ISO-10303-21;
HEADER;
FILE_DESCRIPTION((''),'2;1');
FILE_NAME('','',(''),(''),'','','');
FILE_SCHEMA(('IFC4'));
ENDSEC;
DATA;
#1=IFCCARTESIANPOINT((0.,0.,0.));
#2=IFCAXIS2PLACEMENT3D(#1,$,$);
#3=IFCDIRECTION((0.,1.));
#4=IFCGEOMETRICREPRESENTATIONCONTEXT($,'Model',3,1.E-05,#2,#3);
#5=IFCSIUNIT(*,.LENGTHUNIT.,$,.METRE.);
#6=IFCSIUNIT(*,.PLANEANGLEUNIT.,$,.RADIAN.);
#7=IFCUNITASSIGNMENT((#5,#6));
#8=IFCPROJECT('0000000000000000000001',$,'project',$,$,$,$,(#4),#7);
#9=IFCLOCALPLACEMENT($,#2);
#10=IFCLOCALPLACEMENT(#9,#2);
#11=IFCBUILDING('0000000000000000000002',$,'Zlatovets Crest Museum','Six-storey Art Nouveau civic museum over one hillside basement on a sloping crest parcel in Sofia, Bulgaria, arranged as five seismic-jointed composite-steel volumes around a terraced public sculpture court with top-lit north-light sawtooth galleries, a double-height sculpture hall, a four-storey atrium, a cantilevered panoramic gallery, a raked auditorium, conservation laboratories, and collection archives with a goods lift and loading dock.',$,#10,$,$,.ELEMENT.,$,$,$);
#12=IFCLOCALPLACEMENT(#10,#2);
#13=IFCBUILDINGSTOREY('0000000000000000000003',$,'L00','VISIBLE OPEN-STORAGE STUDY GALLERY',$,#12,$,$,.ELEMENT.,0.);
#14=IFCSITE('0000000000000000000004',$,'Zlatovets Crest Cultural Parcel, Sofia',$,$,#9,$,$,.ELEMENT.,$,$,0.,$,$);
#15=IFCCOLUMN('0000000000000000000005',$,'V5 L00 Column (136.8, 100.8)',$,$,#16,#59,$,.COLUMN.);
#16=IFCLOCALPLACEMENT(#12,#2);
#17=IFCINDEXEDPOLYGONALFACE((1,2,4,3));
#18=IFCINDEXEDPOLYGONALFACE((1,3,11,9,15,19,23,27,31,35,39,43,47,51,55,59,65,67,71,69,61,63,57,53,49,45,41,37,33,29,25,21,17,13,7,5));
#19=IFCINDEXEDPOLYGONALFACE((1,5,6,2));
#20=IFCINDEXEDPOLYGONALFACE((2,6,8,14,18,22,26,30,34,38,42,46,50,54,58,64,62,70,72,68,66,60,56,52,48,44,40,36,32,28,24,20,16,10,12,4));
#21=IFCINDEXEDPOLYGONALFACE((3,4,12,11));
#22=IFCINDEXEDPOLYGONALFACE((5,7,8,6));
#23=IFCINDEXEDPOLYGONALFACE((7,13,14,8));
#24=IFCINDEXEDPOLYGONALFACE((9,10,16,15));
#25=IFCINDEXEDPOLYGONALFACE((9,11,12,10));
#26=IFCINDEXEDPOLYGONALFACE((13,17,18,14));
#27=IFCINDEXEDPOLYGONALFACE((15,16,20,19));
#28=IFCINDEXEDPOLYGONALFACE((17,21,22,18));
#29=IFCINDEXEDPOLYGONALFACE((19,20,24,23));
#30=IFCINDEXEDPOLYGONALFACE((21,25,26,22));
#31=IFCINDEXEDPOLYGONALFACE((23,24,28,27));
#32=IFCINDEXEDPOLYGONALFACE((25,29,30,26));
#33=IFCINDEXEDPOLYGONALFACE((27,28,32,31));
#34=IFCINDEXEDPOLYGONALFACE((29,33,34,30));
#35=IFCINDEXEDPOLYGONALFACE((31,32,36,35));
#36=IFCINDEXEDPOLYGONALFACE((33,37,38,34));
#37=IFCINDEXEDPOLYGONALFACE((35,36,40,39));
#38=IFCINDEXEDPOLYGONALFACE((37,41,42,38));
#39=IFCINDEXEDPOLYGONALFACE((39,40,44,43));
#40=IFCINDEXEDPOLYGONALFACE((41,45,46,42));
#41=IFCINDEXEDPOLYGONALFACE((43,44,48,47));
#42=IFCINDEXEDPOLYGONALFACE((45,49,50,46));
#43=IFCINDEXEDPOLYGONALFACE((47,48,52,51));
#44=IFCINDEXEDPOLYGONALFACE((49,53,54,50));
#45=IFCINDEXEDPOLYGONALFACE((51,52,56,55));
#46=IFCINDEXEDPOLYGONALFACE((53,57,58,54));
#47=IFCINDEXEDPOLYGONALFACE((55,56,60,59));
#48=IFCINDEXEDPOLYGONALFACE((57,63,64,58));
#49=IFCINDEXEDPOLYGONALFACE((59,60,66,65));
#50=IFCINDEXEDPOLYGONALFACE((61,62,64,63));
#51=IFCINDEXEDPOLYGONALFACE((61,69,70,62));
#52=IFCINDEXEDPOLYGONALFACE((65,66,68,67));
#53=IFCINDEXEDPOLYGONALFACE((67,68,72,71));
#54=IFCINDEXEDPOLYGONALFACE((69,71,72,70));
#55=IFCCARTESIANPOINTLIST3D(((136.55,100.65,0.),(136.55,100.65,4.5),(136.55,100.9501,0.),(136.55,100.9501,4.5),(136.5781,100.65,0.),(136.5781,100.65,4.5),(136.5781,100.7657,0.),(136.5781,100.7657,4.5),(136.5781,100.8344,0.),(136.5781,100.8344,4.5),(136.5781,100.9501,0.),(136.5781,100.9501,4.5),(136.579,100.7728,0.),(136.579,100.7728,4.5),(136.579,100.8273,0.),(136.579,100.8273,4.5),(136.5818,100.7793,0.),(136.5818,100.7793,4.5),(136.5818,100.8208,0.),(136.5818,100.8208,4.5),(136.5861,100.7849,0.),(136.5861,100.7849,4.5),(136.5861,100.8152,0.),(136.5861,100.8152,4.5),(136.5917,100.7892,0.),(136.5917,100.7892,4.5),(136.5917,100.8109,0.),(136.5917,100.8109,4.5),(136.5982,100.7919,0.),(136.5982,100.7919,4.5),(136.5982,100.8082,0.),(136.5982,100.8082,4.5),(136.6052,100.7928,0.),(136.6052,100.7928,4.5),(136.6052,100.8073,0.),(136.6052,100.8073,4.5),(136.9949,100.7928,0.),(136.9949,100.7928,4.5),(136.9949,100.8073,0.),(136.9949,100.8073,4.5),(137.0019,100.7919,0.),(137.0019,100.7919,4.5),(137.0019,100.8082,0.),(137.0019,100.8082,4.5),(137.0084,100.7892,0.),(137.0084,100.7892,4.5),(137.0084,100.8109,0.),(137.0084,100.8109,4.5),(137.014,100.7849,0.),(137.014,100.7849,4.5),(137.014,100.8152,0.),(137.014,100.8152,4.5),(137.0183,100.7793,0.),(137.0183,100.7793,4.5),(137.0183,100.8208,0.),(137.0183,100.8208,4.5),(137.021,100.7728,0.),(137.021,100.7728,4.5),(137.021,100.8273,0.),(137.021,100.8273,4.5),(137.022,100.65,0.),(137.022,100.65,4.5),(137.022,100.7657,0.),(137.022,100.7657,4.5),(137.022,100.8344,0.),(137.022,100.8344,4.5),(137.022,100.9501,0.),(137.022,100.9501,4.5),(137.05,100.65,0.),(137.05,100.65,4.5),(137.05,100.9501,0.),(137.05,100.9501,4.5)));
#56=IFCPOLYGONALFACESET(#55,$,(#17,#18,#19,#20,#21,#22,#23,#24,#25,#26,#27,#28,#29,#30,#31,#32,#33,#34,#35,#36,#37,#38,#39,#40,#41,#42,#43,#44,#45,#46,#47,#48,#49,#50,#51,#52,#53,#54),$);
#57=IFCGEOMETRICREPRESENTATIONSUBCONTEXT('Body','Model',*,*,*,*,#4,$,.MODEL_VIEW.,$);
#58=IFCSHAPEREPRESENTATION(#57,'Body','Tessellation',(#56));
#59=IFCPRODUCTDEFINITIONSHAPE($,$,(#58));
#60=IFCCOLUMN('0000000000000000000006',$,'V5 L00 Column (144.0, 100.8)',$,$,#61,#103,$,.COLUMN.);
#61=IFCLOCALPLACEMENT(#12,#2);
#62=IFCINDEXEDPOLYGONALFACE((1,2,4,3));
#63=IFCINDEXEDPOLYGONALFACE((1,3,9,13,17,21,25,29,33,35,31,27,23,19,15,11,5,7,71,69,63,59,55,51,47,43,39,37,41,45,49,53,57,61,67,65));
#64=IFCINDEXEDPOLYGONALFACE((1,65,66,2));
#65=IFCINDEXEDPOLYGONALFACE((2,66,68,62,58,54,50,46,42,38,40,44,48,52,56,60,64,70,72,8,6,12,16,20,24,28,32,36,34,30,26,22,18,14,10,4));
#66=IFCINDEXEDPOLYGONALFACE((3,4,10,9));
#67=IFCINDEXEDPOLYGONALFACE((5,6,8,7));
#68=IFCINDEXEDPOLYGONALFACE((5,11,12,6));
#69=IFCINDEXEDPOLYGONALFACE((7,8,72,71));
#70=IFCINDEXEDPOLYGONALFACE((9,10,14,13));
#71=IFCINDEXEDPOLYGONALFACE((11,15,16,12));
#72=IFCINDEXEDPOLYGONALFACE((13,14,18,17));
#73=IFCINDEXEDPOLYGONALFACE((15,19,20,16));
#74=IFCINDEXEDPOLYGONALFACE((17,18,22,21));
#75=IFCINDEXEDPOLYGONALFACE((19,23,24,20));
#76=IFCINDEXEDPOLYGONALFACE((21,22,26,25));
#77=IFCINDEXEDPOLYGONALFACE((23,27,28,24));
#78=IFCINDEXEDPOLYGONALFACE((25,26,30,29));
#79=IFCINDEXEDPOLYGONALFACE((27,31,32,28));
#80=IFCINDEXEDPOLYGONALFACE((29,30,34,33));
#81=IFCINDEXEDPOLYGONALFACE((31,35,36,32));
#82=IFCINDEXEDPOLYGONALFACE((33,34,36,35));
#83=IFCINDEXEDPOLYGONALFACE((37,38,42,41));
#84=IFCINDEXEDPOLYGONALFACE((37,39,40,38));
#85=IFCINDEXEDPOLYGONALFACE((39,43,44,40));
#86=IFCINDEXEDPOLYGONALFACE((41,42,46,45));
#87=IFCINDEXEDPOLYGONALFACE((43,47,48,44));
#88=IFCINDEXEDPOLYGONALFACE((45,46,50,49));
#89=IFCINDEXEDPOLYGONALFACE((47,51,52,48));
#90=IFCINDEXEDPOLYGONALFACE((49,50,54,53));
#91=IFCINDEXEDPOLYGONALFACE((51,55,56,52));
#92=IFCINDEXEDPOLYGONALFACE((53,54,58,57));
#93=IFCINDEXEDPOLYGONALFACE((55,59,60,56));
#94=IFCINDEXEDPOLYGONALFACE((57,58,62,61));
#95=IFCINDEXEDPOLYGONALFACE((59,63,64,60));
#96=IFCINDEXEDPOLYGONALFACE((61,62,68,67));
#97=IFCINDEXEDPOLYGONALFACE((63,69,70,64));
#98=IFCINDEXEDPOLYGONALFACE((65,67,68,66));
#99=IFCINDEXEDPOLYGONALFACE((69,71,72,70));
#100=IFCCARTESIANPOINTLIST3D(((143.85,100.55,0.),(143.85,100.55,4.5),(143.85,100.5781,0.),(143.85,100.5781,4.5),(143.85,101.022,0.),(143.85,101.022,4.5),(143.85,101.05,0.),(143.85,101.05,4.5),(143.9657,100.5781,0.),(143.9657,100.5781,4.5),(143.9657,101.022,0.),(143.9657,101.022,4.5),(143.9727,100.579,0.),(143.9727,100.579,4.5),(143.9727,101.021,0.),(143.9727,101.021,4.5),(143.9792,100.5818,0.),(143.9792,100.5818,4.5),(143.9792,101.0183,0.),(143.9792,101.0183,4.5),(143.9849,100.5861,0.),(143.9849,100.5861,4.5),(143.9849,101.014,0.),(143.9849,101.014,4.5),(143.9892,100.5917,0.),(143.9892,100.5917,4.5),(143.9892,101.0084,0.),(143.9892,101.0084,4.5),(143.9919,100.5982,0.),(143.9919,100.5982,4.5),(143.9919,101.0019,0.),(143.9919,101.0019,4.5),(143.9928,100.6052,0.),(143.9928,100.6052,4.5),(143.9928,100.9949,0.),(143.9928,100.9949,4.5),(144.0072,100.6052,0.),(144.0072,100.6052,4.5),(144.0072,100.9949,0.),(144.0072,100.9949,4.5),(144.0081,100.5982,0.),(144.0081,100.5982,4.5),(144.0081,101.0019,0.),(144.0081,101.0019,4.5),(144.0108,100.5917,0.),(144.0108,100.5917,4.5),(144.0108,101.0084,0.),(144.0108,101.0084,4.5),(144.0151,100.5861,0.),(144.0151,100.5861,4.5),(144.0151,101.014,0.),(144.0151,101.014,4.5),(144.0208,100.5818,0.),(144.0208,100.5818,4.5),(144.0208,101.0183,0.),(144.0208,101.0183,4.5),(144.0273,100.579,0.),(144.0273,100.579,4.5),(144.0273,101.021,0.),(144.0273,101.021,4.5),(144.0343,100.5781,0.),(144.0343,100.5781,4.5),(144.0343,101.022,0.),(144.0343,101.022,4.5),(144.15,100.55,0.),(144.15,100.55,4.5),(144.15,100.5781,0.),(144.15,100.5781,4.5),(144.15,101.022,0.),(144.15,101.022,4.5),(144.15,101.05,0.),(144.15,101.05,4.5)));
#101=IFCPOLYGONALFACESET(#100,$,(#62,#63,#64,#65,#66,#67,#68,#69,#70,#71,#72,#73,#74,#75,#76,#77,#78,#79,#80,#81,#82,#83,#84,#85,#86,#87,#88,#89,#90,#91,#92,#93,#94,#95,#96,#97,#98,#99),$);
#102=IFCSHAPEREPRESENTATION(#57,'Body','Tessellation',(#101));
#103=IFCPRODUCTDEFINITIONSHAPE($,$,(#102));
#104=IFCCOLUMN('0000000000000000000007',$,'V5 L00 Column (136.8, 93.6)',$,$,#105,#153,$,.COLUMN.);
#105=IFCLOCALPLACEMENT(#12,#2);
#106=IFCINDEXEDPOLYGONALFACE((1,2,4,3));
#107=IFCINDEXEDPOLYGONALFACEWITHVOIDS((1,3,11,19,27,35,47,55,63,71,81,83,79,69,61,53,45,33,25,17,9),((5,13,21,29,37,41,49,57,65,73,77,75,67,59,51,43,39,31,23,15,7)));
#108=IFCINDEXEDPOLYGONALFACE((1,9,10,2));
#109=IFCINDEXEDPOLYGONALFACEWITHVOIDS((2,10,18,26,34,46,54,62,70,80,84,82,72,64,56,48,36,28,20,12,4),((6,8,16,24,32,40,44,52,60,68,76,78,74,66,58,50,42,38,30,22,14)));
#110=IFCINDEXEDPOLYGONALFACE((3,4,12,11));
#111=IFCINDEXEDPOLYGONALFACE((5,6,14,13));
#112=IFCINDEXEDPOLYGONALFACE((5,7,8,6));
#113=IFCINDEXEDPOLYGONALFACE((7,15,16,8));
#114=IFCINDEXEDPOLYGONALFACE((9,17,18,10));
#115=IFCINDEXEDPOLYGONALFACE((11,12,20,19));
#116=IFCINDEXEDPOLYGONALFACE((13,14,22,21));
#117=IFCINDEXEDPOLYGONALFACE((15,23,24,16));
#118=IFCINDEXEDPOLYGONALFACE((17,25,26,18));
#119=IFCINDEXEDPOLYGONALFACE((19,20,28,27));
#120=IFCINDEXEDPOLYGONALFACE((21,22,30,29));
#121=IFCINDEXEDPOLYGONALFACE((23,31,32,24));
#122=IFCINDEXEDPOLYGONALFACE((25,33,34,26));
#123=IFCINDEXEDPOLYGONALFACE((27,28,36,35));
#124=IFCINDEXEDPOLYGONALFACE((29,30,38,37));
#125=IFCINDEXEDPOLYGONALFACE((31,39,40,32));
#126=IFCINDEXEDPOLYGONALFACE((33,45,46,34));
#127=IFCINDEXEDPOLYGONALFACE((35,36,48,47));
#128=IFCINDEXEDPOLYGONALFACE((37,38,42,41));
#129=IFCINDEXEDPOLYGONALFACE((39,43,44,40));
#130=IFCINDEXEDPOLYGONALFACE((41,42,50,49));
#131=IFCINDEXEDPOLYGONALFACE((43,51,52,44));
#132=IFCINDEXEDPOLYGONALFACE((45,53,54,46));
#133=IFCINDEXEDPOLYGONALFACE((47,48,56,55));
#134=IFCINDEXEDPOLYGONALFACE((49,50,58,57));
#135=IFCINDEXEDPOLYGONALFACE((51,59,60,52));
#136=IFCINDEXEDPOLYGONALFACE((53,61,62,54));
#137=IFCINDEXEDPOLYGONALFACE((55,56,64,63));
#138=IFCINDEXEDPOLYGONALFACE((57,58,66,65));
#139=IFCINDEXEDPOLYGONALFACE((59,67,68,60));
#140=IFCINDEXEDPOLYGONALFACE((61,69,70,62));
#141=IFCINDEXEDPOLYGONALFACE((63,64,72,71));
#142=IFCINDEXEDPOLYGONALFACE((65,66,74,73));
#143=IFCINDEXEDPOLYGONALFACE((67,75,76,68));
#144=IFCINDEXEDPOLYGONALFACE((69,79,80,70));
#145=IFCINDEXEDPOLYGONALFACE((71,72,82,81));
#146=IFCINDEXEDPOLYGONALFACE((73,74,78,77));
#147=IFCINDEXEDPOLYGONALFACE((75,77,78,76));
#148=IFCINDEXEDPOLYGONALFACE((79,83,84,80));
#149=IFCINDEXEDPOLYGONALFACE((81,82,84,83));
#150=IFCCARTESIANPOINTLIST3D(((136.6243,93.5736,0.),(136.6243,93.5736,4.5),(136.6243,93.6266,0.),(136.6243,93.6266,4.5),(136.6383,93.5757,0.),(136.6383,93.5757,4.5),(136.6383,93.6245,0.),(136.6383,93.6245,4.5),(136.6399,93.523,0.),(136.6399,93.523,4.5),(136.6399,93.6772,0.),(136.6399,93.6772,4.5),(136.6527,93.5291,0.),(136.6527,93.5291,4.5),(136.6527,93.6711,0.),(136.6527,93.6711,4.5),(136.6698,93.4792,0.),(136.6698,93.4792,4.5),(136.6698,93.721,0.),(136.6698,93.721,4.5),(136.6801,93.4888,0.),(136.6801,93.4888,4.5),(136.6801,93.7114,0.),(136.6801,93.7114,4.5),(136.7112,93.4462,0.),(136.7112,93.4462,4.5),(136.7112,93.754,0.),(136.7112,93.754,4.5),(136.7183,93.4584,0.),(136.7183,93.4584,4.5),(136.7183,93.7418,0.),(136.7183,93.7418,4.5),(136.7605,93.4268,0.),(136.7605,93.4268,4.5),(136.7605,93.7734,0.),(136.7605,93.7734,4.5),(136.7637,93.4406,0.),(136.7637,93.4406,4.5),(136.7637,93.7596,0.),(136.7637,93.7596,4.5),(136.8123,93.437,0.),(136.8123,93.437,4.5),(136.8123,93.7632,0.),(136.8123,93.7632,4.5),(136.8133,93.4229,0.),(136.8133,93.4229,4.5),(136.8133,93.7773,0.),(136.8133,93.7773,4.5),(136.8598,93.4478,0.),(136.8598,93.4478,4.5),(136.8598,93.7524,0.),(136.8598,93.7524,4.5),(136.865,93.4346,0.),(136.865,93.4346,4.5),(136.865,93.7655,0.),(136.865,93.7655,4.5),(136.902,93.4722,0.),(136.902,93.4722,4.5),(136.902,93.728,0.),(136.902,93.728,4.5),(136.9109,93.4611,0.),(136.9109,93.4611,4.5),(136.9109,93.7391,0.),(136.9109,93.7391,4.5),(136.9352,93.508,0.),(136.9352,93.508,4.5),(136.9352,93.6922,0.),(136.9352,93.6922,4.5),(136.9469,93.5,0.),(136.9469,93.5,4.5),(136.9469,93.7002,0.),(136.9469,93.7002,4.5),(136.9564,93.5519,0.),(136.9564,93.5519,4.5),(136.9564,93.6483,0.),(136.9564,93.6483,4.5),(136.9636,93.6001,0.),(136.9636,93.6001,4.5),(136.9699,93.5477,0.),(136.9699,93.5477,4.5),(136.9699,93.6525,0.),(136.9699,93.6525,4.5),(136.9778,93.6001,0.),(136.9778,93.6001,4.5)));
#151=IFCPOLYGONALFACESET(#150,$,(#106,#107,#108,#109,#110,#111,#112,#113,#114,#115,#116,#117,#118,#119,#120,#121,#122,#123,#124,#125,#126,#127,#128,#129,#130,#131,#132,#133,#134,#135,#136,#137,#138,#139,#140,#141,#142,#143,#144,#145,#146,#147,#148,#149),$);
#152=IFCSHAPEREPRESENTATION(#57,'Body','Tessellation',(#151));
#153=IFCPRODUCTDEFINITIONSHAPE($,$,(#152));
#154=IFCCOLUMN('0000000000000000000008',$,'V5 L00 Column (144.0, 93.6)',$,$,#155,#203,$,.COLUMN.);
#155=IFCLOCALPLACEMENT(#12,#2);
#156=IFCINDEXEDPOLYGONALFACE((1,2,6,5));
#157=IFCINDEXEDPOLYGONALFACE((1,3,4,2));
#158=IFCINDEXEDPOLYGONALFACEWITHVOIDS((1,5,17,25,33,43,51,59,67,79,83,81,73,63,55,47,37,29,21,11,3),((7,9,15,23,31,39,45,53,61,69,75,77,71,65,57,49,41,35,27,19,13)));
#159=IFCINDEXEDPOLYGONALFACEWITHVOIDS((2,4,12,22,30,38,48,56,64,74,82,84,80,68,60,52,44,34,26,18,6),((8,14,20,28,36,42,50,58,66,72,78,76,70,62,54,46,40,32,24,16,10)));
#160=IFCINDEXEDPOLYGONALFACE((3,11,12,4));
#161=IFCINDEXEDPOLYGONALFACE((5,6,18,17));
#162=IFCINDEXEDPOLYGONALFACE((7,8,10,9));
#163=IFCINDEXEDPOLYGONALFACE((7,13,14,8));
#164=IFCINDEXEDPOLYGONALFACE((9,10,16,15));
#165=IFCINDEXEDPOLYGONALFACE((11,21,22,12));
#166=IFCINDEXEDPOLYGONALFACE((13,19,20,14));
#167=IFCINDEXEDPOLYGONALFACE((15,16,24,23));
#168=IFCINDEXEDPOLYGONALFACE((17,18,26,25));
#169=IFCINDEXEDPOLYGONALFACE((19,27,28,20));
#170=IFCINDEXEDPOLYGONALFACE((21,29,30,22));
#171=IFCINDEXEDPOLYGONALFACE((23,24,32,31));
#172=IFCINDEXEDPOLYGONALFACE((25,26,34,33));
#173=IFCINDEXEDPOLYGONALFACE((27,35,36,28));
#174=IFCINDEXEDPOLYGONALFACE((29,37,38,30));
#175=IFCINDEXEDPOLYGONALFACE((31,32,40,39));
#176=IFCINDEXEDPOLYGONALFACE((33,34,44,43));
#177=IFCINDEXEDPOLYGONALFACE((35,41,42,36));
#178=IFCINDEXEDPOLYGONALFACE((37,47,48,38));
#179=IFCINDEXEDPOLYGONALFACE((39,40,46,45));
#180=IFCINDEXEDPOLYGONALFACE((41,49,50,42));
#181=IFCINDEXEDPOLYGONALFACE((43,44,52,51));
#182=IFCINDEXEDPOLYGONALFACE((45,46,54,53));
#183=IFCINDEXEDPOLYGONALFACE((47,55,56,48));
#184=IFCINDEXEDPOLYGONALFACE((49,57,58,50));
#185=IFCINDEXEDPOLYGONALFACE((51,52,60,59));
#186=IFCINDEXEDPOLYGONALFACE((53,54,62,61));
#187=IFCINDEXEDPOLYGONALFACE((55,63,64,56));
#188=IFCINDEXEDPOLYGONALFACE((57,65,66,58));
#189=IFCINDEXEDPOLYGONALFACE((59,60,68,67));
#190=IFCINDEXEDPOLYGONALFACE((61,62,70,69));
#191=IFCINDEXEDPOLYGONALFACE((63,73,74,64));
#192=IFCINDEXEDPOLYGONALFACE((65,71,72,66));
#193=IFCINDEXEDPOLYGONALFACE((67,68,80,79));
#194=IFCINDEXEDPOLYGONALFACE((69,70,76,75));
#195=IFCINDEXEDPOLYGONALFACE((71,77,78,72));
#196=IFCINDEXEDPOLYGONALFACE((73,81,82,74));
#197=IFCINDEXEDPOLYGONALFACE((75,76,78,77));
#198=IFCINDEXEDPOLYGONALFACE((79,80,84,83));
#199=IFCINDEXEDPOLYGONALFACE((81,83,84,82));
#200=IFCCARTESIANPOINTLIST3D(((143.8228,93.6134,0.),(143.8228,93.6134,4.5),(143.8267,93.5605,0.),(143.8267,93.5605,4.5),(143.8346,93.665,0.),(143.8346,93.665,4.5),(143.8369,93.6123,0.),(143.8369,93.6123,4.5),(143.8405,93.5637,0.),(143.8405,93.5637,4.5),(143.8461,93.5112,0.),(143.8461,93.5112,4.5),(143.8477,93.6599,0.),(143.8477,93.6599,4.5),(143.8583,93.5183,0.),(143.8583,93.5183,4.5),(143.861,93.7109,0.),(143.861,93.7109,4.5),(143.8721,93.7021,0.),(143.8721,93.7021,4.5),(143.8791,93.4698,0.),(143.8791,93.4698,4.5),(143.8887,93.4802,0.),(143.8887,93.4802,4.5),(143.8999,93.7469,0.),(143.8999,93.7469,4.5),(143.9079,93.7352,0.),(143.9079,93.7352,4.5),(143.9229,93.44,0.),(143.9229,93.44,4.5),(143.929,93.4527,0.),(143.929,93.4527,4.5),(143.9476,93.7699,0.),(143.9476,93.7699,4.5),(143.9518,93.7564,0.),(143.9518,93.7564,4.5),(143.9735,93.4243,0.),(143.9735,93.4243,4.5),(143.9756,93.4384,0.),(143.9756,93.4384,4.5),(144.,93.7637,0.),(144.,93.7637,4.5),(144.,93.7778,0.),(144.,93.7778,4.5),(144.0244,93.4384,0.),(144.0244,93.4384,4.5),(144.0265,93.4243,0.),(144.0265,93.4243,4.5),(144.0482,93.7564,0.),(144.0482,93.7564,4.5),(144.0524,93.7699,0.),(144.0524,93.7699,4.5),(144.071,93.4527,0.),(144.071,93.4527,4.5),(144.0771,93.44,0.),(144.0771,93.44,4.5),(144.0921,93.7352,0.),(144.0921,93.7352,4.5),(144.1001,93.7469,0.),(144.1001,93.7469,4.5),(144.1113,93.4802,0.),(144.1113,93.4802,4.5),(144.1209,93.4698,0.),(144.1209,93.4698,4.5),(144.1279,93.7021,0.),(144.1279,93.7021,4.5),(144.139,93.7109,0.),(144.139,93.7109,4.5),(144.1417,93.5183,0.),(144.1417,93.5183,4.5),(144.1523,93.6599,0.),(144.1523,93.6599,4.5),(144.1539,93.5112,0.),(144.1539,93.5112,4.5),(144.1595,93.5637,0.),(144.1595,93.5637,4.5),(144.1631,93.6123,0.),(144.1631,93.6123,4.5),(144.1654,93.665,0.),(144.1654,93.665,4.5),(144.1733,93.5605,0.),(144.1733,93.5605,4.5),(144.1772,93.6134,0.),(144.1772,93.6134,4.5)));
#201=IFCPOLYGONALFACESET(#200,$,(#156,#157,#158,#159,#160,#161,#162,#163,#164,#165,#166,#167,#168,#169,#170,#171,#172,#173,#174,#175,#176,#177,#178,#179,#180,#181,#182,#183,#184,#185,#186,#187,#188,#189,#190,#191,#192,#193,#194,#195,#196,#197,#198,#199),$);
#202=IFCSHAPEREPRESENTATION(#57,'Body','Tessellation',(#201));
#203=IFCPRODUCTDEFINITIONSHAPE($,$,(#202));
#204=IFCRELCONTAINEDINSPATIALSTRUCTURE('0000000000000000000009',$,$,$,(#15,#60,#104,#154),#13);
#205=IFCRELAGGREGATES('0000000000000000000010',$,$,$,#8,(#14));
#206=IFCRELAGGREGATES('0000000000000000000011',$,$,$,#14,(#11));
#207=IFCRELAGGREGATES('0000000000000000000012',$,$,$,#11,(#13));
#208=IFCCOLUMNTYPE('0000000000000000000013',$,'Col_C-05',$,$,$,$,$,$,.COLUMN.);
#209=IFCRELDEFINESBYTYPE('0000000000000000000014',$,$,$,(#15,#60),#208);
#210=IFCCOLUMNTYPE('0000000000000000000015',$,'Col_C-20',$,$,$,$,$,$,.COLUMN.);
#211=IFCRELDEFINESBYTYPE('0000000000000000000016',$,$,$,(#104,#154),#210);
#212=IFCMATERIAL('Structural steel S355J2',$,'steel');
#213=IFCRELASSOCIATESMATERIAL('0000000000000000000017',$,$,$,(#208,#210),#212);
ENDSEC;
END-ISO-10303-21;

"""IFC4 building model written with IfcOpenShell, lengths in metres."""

from ifc_helpers import new_model, si_unit, direction, frame, origin, origin_2d, place, context, subcontext, project, spatial, hollow_circle, i_section, extrude, material, material_profile, profile_set, type_object, element, save


model = new_model("IFC4")

# Units and contexts
model_context = context("Model", 3, precision=1e-05, world=origin(), true_north=direction((0.0, 1.0)))
body_context = subcontext(model_context, "Body", "Model", "MODEL_VIEW")
ifc_project = project(units=[si_unit("LENGTHUNIT", "METRE"), si_unit("PLANEANGLEUNIT", "RADIAN")], contexts=[model_context])

# Site, building, storey
site_placement = place(None, origin())
site = spatial("IfcSite", under=ifc_project, at=site_placement, Name="Zlatovets Crest Cultural Parcel, Sofia", CompositionType="ELEMENT", RefElevation=0.0)
building_placement = place(site_placement, origin())
building = spatial("IfcBuilding", under=site, at=building_placement, Name="Zlatovets Crest Museum", Description="Six-storey Art Nouveau civic museum over one hillside basement on a sloping crest parcel in Sofia, Bulgaria, arranged as five seismic-jointed composite-steel volumes around a terraced public sculpture court with top-lit north-light sawtooth galleries, a double-height sculpture hall, a four-storey atrium, a cantilevered panoramic gallery, a raked auditorium, conservation laboratories, and collection archives with a goods lift and loading dock.", CompositionType="ELEMENT")
storey_placement = place(building_placement, origin())
storey = spatial("IfcBuildingStorey", under=building, at=storey_placement, Name="L00", Description="VISIBLE OPEN-STORAGE STUDY GALLERY", CompositionType="ELEMENT", Elevation=0.0)

# Columns
ifc_material_1 = material(Name="Structural steel S355J2", Category="steel")
ifc_material_profile_1 = material_profile(ifc_material_1, i_section(OverallWidth=0.3, OverallDepth=0.5, WebThickness=0.0144, FlangeThickness=0.0281, FilletRadius=0.0271, at=origin_2d()), Name="HEB 500")
ifc_profile_set_1 = profile_set([ifc_material_profile_1], Name="Structural steel S355J2")
column_type_1 = type_object("IfcColumnType", Name="Col_C-05", PredefinedType="COLUMN", material=ifc_profile_set_1)
for number, where, z_axis, x_axis, name in (
    (1, (136.8, 100.8, 0.0), (0.0, 0.0, 1.0), (0.0, 1.0, 0.0), "V5 L00 Column (136.8, 100.8)"),
    (2, (144.0, 100.8, 0.0), (0.0, 0.0, 1.0), (1.0, 0.0, 0.0), "V5 L00 Column (144.0, 100.8)"),
):
    element("IfcColumn", number, at=place(storey_placement, frame(where, z_axis=z_axis, x_axis=x_axis)), inside=storey, type_object=column_type_1, Name=name, PredefinedType="COLUMN", context=body_context, shape_type="SweptSolid", body=[
        extrude(i_section(OverallWidth=0.3, OverallDepth=0.5, WebThickness=0.0144, FlangeThickness=0.0281, FilletRadius=0.0271, at=origin_2d()), origin(), (0.0, 0.0, 1.0), 4.5),
    ])
ifc_material_profile_2 = material_profile(ifc_material_1, hollow_circle(Radius=0.1777, WallThickness=0.0142, at=origin_2d()), Name="CHS 355.6x14.2")
ifc_profile_set_2 = profile_set([ifc_material_profile_2], Name="Structural steel S355J2")
column_type_2 = type_object("IfcColumnType", Name="Col_C-20", PredefinedType="COLUMN", material=ifc_profile_set_2)
for number, where, z_axis, x_axis, name in (
    (3, (136.8, 93.6001, 0.0), (0.0, 0.0, 1.0), (1.0, 0.0, 0.0), "V5 L00 Column (136.8, 93.6)"),
    (4, (144.0, 93.6001, 0.0), (0.0, 0.0, 1.0), (0.0, 1.0, 0.0), "V5 L00 Column (144.0, 93.6)"),
):
    element("IfcColumn", number, at=place(storey_placement, frame(where, z_axis=z_axis, x_axis=x_axis)), inside=storey, type_object=column_type_2, Name=name, PredefinedType="COLUMN", context=body_context, shape_type="SweptSolid", body=[
        extrude(hollow_circle(Radius=0.1777, WallThickness=0.0142, at=origin_2d()), origin(), (0.0, 0.0, 1.0), 4.5),
    ])

save(model, "model.ifc")
